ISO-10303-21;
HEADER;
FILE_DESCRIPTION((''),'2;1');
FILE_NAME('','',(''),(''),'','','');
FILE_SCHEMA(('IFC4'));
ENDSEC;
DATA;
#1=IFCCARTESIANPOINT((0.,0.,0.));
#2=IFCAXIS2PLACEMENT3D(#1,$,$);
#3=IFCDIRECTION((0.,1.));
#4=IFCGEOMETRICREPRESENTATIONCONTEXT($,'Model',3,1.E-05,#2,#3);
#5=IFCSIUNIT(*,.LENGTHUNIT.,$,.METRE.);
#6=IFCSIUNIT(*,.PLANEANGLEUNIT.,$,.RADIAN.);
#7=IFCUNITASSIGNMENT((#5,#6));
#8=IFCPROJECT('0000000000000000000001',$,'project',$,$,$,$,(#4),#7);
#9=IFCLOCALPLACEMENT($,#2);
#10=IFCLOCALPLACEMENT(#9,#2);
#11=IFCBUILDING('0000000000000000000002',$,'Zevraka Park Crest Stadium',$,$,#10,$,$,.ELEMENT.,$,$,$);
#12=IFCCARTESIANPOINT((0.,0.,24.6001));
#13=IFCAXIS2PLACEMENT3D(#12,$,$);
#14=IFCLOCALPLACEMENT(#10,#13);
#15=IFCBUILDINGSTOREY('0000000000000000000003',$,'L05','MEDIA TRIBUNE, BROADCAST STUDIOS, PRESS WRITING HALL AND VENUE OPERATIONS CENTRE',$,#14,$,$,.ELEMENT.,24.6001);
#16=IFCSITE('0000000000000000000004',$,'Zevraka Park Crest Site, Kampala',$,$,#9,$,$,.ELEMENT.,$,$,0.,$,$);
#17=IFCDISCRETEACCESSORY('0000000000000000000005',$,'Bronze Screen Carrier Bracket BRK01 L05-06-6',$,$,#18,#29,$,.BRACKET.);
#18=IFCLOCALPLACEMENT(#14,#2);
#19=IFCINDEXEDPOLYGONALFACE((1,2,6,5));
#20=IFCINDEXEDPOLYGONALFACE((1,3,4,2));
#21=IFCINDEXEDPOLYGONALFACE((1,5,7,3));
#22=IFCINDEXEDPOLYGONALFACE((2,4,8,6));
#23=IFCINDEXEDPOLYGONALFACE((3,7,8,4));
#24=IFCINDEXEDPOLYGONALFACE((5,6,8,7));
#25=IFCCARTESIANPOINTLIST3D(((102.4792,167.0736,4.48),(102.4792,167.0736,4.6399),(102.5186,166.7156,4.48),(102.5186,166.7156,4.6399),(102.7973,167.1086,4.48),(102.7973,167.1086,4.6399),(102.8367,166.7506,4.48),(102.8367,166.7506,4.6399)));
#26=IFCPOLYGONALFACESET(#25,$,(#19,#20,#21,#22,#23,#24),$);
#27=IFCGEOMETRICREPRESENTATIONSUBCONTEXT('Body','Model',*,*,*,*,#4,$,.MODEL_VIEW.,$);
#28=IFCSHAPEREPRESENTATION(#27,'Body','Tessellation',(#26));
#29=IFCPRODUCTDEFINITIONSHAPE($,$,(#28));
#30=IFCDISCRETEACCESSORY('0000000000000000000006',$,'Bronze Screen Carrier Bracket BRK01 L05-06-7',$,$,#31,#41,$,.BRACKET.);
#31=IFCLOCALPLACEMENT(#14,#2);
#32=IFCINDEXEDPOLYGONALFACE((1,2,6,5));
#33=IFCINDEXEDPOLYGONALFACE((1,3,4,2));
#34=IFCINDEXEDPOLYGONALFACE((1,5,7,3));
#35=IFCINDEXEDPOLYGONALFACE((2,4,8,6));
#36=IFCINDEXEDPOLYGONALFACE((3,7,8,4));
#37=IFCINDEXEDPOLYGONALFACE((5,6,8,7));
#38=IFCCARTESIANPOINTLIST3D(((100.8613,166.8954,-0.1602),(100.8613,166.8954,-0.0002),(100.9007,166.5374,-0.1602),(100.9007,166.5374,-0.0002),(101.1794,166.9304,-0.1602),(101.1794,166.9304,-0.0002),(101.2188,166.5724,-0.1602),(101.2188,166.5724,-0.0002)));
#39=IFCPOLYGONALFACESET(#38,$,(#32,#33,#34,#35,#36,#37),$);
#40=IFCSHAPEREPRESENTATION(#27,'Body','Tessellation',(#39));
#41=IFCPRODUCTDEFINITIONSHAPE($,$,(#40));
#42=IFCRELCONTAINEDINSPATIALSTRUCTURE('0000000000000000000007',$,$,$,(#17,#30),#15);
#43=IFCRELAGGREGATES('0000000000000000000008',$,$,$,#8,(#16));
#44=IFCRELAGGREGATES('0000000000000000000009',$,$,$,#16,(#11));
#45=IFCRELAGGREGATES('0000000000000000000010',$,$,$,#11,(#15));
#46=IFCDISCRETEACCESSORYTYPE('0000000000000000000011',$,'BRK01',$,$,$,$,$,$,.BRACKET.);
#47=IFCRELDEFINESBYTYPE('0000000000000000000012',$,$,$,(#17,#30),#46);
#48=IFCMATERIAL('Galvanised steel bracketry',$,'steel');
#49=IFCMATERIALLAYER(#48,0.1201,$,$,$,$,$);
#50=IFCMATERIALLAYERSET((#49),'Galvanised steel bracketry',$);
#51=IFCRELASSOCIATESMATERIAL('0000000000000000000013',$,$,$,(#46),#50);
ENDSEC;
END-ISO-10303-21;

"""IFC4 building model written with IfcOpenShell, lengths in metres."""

from ifc_helpers import new_model, si_unit, direction, frame, origin, origin_2d, place, context, subcontext, project, spatial, rectangle, extrude, material, layer, layer_set, type_object, element, save


model = new_model("IFC4")

# Units and contexts
model_context = context("Model", 3, precision=1e-05, world=origin(), true_north=direction((0.0, 1.0)))
body_context = subcontext(model_context, "Body", "Model", "MODEL_VIEW")
ifc_project = project(units=[si_unit("LENGTHUNIT", "METRE"), si_unit("PLANEANGLEUNIT", "RADIAN")], contexts=[model_context])

# Site, building, storey
site_placement = place(None, origin())
site = spatial("IfcSite", under=ifc_project, at=site_placement, Name="Zevraka Park Crest Site, Kampala", CompositionType="ELEMENT", RefElevation=0.0)
building_placement = place(site_placement, origin())
building = spatial("IfcBuilding", under=site, at=building_placement, Name="Zevraka Park Crest Stadium", CompositionType="ELEMENT")
storey_placement = place(building_placement, frame((0.0, 0.0, 24.6001)))
storey = spatial("IfcBuildingStorey", under=building, at=storey_placement, Name="L05", Description="MEDIA TRIBUNE, BROADCAST STUDIOS, PRESS WRITING HALL AND VENUE OPERATIONS CENTRE", CompositionType="ELEMENT", Elevation=24.6001)

# Discrete accessories
ifc_material_1 = material(Name="Galvanised steel bracketry", Category="steel")
ifc_layer_1 = layer(ifc_material_1, 0.1201)
ifc_layer_set_1 = layer_set([ifc_layer_1], Name="Galvanised steel bracketry")
discrete_accessory_type = type_object("IfcDiscreteAccessoryType", Name="BRK01", PredefinedType="BRACKET", material=ifc_layer_set_1)
for number, where, z_axis, x_axis, name in (
    (1, (102.658, 166.9121, 4.48), (0.0, 0.0, 1.0), (-0.993999, -0.109387, 0.0), "Bronze Screen Carrier Bracket BRK01 L05-06-6"),
    (2, (101.04, 166.7339, -0.1602), (0.0, 0.0, 1.0), (-0.993999, -0.109387, 0.0), "Bronze Screen Carrier Bracket BRK01 L05-06-7"),
):
    element("IfcDiscreteAccessory", number, at=place(storey_placement, frame(where, z_axis=z_axis, x_axis=x_axis)), inside=storey, type_object=discrete_accessory_type, Name=name, PredefinedType="BRACKET", context=body_context, shape_type="SweptSolid", body=[
        extrude(rectangle(XDim=0.3201, YDim=0.3601, at=origin_2d()), origin(), (0.0, 0.0, 1.0), 0.1599),
    ])

save(model, "model.ifc")
